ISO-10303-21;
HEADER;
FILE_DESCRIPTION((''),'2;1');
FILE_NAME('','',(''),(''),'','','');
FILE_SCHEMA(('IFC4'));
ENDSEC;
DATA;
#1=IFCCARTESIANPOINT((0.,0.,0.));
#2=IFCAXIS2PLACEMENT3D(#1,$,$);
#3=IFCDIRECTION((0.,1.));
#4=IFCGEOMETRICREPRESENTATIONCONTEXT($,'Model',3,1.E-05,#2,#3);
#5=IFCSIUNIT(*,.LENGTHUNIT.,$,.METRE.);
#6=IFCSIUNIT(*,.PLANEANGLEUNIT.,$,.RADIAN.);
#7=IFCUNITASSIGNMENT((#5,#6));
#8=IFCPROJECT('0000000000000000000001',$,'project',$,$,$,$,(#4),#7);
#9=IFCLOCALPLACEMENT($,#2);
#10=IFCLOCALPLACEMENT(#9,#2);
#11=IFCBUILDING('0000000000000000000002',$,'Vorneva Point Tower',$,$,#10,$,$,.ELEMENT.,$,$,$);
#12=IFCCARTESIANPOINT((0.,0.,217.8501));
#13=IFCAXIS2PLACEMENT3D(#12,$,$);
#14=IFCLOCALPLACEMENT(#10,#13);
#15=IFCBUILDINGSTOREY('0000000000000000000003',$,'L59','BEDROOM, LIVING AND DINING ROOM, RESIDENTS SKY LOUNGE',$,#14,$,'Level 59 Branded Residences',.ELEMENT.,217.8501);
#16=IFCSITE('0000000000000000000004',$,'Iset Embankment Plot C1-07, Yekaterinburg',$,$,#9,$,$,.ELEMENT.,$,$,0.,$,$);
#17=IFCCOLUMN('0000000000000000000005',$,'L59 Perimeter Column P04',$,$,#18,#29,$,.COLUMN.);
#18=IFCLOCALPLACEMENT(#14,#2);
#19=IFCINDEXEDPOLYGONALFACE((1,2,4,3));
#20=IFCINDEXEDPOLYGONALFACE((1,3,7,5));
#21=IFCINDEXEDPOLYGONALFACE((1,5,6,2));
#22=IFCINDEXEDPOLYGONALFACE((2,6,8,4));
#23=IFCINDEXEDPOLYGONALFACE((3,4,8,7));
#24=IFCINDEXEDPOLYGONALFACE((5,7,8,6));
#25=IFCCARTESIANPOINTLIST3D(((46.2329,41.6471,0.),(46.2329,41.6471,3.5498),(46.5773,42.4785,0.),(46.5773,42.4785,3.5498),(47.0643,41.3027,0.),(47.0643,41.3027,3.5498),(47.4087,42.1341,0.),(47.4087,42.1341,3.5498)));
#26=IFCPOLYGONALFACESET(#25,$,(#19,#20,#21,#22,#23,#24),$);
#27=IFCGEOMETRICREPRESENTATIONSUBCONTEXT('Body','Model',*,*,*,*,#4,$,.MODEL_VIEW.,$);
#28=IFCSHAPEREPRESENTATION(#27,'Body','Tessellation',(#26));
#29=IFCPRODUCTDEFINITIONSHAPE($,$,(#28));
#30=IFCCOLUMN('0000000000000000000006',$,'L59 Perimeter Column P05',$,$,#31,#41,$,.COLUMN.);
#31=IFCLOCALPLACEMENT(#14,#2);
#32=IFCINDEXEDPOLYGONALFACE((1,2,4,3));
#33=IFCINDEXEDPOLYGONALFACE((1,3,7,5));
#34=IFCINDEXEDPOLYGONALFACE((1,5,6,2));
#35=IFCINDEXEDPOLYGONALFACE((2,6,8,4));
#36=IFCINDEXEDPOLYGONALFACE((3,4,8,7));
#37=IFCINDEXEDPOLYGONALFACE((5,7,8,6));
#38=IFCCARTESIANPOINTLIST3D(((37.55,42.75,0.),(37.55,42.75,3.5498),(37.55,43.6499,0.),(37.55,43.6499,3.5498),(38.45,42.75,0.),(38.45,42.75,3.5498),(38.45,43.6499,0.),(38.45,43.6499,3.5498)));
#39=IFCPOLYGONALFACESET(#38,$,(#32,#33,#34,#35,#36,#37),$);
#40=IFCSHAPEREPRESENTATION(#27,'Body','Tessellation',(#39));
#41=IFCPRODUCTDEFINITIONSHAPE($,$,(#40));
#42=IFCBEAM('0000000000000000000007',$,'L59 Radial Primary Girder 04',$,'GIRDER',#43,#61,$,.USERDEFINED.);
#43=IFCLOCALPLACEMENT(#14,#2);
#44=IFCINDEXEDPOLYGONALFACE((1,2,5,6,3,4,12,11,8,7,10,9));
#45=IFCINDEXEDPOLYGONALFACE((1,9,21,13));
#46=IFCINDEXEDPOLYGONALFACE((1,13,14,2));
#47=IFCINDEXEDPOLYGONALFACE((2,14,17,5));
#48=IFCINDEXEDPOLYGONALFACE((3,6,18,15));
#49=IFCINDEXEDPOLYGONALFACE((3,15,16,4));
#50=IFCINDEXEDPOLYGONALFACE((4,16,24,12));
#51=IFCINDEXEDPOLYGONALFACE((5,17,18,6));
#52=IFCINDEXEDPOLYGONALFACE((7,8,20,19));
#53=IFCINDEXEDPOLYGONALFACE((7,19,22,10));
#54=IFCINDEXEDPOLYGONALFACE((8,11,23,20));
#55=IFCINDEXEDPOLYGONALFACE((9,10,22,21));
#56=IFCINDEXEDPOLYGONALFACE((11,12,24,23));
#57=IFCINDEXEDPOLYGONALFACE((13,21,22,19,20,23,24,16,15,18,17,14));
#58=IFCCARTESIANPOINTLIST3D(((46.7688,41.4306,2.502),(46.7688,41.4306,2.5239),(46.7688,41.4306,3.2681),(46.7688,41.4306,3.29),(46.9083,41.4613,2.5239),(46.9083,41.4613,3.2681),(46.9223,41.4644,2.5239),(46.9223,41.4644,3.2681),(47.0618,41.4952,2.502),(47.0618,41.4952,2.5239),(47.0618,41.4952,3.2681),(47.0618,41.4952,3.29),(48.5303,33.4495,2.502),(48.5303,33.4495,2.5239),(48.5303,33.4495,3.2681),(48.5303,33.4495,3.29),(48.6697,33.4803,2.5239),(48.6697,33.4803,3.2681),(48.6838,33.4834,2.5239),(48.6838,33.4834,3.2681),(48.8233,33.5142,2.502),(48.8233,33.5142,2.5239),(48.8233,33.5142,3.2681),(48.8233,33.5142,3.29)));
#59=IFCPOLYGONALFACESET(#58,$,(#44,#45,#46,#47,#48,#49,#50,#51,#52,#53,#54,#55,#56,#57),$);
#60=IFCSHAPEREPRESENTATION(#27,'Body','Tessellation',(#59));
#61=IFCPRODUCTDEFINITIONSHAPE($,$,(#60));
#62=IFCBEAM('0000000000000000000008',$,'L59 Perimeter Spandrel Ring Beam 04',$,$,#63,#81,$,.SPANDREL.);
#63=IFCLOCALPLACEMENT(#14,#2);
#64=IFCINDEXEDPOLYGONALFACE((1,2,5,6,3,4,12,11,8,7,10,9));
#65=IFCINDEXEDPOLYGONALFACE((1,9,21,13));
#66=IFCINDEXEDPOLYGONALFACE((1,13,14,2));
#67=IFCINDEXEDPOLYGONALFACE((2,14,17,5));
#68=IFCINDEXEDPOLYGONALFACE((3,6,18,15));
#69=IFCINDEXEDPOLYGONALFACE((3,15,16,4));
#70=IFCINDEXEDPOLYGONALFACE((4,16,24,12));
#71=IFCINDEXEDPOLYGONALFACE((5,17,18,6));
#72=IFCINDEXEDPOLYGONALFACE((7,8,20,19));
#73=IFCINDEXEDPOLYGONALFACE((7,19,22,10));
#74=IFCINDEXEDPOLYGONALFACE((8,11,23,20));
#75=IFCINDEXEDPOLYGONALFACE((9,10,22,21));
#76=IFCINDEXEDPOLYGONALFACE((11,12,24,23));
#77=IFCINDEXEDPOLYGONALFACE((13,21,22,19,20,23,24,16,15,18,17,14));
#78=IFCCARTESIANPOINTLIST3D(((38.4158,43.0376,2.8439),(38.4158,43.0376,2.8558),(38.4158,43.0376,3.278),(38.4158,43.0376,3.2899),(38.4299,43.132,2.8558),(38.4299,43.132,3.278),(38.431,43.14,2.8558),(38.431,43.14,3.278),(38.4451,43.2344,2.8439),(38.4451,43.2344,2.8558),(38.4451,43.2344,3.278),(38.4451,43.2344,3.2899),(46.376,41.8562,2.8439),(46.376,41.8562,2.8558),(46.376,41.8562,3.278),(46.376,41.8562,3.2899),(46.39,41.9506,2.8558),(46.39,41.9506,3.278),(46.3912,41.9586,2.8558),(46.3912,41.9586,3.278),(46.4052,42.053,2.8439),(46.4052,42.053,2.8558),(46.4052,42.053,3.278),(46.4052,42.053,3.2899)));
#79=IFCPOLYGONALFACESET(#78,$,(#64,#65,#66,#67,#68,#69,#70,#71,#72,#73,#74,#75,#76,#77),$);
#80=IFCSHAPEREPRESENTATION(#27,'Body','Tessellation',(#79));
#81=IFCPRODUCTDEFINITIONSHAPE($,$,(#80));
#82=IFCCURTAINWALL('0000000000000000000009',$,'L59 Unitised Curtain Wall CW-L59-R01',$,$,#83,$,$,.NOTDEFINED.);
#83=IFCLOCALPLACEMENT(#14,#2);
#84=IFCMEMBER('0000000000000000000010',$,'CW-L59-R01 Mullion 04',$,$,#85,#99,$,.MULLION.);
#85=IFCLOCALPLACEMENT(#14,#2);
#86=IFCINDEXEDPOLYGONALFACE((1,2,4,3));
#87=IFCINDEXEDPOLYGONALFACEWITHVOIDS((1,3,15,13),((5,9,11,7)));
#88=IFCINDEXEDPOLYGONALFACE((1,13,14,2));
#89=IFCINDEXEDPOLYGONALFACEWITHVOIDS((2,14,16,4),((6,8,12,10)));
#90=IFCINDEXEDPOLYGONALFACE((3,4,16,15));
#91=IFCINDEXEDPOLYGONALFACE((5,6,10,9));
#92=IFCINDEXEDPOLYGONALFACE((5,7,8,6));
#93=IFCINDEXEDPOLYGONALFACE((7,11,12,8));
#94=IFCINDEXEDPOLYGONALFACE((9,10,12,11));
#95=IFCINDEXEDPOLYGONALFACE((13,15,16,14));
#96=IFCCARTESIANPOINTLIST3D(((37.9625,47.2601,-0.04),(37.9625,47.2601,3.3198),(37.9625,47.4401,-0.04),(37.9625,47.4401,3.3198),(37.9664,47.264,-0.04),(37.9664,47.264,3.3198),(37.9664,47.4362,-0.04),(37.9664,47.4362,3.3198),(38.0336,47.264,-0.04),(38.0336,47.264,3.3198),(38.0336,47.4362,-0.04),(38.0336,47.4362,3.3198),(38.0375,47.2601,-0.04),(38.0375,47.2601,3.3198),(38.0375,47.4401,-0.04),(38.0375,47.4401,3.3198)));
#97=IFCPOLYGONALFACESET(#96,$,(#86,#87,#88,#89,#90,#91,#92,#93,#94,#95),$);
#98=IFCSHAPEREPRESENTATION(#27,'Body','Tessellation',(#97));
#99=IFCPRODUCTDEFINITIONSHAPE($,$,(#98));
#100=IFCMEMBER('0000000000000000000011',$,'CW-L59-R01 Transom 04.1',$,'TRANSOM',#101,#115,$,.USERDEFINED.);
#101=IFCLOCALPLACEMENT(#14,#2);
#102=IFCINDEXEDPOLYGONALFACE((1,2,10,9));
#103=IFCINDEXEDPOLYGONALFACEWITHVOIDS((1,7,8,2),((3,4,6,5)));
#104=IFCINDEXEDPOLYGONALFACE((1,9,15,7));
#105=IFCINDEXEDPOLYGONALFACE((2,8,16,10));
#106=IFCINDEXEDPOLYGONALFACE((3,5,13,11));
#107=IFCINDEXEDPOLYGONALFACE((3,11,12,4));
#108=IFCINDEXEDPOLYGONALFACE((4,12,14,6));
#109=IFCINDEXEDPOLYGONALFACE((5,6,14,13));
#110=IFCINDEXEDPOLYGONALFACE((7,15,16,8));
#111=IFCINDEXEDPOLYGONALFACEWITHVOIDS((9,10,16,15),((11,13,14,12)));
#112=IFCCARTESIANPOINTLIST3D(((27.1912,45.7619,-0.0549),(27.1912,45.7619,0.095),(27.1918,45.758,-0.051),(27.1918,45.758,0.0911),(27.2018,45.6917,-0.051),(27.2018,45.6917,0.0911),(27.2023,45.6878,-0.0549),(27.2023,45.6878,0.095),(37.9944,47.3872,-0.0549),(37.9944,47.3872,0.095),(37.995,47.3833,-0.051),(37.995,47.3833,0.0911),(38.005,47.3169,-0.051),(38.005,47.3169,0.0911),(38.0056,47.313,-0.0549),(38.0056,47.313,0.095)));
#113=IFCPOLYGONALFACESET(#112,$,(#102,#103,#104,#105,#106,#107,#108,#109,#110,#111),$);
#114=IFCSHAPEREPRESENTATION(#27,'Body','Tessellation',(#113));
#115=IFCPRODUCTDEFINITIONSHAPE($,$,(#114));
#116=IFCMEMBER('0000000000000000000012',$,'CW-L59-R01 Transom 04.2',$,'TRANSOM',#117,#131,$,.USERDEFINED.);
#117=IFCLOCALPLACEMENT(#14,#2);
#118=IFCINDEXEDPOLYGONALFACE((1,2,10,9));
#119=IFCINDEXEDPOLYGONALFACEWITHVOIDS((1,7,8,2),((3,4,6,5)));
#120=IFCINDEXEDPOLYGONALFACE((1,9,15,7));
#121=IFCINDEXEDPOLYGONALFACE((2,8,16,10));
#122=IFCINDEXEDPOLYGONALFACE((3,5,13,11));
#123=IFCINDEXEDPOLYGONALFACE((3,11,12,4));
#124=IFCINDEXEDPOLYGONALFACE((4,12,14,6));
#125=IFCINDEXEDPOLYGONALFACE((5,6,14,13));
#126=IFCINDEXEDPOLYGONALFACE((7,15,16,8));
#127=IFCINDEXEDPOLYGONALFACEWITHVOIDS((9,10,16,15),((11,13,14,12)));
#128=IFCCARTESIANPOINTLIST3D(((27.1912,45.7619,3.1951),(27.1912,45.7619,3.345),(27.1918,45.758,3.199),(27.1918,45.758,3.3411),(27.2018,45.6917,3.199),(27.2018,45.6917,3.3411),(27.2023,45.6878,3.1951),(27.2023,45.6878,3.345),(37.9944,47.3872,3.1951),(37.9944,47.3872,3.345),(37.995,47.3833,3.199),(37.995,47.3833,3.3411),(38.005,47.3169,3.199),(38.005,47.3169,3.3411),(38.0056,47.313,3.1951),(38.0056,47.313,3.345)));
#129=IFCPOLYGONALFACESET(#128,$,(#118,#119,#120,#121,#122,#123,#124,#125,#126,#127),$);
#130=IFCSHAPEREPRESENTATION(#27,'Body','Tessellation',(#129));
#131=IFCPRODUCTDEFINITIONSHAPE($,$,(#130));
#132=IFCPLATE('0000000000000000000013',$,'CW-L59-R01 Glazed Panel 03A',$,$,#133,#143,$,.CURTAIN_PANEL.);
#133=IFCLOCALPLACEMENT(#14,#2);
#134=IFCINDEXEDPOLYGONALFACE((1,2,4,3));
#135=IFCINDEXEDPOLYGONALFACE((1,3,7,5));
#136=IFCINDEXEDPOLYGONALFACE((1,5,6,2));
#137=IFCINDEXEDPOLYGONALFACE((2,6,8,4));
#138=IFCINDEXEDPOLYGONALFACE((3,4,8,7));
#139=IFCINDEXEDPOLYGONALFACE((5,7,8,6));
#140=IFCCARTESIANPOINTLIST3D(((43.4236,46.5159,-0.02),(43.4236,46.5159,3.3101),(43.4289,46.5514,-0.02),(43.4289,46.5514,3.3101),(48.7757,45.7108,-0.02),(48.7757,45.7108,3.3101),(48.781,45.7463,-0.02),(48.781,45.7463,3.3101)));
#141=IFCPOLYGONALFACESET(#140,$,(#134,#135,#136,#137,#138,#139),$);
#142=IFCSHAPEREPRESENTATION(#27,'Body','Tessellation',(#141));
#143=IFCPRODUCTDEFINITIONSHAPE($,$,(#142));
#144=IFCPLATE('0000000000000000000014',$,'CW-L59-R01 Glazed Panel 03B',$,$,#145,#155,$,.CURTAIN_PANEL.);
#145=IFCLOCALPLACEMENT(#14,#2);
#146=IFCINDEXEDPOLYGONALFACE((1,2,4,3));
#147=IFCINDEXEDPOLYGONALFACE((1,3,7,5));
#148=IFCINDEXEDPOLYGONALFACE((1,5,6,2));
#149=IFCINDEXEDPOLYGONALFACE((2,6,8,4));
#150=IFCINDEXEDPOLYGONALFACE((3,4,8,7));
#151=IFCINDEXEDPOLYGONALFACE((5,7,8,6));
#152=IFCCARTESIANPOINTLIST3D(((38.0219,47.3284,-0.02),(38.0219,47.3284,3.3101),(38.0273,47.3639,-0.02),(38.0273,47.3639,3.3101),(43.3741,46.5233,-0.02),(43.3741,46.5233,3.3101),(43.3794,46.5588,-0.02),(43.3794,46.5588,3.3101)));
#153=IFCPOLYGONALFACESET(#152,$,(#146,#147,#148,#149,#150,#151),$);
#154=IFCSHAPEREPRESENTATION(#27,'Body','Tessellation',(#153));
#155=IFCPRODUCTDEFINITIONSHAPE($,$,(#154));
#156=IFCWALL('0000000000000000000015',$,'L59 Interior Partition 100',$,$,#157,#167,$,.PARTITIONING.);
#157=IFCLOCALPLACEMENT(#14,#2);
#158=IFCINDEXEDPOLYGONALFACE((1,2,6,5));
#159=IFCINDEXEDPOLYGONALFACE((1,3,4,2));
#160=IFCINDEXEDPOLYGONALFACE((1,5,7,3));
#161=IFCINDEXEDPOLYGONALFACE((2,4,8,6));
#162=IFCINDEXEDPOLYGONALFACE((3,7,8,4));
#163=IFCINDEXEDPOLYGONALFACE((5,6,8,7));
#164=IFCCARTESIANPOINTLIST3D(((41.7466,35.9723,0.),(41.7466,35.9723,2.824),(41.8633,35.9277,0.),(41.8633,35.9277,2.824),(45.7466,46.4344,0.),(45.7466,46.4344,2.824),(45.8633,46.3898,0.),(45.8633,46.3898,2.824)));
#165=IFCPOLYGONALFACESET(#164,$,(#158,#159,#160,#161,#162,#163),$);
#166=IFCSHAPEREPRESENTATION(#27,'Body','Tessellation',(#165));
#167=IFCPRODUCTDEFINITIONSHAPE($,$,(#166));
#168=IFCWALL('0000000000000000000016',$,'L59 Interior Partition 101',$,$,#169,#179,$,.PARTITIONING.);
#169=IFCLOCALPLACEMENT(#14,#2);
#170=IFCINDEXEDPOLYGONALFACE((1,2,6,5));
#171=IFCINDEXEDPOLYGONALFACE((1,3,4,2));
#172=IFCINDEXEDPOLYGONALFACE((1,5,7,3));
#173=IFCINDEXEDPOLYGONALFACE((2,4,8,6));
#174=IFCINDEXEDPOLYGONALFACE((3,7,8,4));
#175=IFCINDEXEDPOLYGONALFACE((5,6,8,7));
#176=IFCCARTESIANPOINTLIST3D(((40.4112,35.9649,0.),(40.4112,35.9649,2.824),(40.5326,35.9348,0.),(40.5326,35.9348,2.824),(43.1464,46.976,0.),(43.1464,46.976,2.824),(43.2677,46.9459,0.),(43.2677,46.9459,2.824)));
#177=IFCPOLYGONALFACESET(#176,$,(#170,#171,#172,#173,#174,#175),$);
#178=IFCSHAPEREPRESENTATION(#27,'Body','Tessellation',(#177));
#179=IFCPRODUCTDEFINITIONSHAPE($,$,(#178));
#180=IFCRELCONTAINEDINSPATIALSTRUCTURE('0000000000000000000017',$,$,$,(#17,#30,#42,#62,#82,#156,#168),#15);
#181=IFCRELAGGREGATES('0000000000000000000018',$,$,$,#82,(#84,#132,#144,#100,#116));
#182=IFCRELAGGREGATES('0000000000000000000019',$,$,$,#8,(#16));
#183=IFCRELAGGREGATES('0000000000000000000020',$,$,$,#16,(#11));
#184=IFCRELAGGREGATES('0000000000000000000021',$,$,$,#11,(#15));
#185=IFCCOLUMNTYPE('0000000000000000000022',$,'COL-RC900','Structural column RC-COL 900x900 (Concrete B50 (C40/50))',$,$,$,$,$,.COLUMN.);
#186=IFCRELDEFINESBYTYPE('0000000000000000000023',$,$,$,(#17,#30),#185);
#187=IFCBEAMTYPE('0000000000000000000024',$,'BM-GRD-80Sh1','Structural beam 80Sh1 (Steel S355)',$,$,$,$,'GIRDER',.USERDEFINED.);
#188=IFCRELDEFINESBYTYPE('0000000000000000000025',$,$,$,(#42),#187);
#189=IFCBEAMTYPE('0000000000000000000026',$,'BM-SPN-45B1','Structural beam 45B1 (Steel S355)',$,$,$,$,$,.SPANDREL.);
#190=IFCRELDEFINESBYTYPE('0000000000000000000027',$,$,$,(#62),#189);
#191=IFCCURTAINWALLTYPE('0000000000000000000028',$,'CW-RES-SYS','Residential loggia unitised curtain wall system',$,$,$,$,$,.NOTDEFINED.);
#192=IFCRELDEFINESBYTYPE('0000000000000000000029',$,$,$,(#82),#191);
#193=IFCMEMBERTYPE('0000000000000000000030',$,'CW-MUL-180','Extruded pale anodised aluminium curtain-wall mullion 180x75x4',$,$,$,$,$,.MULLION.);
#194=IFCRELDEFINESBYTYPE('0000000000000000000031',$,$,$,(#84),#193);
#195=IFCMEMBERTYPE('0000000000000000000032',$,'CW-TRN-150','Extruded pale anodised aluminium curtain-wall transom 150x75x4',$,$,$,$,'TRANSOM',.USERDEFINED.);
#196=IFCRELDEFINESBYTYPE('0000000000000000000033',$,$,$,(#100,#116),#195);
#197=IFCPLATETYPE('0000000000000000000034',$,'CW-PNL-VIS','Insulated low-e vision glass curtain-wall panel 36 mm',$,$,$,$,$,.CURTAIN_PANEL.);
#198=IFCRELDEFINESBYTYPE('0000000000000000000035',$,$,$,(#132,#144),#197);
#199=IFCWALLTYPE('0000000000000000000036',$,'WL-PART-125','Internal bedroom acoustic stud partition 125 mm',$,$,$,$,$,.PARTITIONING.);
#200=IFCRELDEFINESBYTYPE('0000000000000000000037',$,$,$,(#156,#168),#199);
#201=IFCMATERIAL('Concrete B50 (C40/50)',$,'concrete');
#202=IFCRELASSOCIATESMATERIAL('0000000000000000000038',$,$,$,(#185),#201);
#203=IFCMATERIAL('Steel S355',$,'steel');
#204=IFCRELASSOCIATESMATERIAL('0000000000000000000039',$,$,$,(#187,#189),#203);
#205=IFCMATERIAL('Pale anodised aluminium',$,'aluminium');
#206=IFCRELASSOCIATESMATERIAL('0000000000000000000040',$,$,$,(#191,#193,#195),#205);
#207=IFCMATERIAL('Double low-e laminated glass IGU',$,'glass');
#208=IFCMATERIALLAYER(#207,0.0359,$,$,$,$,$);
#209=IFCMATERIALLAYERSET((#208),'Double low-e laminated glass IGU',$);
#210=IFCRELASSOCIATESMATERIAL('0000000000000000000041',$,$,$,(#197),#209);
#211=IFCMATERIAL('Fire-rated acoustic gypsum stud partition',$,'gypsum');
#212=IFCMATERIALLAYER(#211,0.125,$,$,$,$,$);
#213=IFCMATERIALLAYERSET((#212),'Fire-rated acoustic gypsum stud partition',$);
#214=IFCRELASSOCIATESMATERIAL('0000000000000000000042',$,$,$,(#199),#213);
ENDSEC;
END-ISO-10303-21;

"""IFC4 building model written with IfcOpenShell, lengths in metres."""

from ifc_helpers import new_model, si_unit, direction, frame, frame_2d, origin, origin_2d, place, context, subcontext, project, spatial, rectangle, hollow_rectangle, i_section, extrude, material, layer, layer_set, material_profile, profile_set, type_object, element, aggregate, save


model = new_model("IFC4")

# Units and contexts
model_context = context("Model", 3, precision=1e-05, world=origin(), true_north=direction((0.0, 1.0)))
body_context = subcontext(model_context, "Body", "Model", "MODEL_VIEW")
ifc_project = project(units=[si_unit("LENGTHUNIT", "METRE"), si_unit("PLANEANGLEUNIT", "RADIAN")], contexts=[model_context])

# Site, building, storey
site_placement = place(None, origin())
site = spatial("IfcSite", under=ifc_project, at=site_placement, Name="Iset Embankment Plot C1-07, Yekaterinburg", CompositionType="ELEMENT", RefElevation=0.0)
building_placement = place(site_placement, origin())
building = spatial("IfcBuilding", under=site, at=building_placement, Name="Vorneva Point Tower", CompositionType="ELEMENT")
storey_placement = place(building_placement, frame((0.0, 0.0, 217.8501)))
storey = spatial("IfcBuildingStorey", under=building, at=storey_placement, Name="L59", Description="BEDROOM, LIVING AND DINING ROOM, RESIDENTS SKY LOUNGE", LongName="Level 59 Branded Residences", CompositionType="ELEMENT", Elevation=217.8501)

# Columns
ifc_material_1 = material(Name="Concrete B50 (C40/50)", Category="concrete")
ifc_material_profile_1 = material_profile(ifc_material_1, rectangle(XDim=0.8999, YDim=0.8999, at=origin_2d()), Name="RC-COL 900x900")
ifc_profile_set_1 = profile_set([ifc_material_profile_1], Name="Concrete B50 (C40/50)")
column_type = type_object("IfcColumnType", Name="COL-RC900", Description="Structural column RC-COL 900x900 (Concrete B50 (C40/50))", PredefinedType="COLUMN", material=ifc_profile_set_1)
for number, where, z_axis, x_axis, name in (
    (1, (46.8208, 41.8906, 0.0), (0.0, 0.0, 1.0), (0.382683, 0.92388, 0.0), "L59 Perimeter Column P04"),
    (2, (38.0, 43.2, 0.0), (0.0, 0.0, 1.0), (0.0, 1.0, 0.0), "L59 Perimeter Column P05"),
):
    element("IfcColumn", number, at=place(storey_placement, frame(where, z_axis=z_axis, x_axis=x_axis)), inside=storey, type_object=column_type, Name=name, PredefinedType="COLUMN", context=body_context, shape_type="SweptSolid", body=[
        extrude(rectangle(XDim=0.8999, YDim=0.8999, at=origin_2d()), origin(), (0.0, 0.0, 1.0), 3.5498),
    ])

# Beams
ifc_material_2 = material(Name="Steel S355", Category="steel")
ifc_material_profile_2 = material_profile(ifc_material_2, i_section(OverallWidth=0.3, OverallDepth=0.7881, WebThickness=0.0144, FlangeThickness=0.022, at=origin_2d()), Name="80Sh1")
ifc_profile_set_2 = profile_set([ifc_material_profile_2], Name="Steel S355")
beam_type_1 = type_object("IfcBeamType", Name="BM-GRD-80Sh1", Description="Structural beam 80Sh1 (Steel S355)", ElementType="GIRDER", PredefinedType="USERDEFINED", material=ifc_profile_set_2)
beam_1_placement = place(storey_placement, frame((46.9153, 41.4629, 2.896), z_axis=(0.215523, -0.976499, 0.0), x_axis=(0.976499, 0.215523, 0.0)))
element("IfcBeam", 3, at=beam_1_placement, inside=storey, type_object=beam_type_1, Name="L59 Radial Primary Girder 04", ObjectType="GIRDER", PredefinedType="USERDEFINED", context=body_context, shape_type="SweptSolid", body=[
    extrude(i_section(OverallWidth=0.3, OverallDepth=0.7881, WebThickness=0.0144, FlangeThickness=0.022, at=origin_2d()), origin(), (0.0, 0.0, 1.0), 8.1731),
])
ifc_material_profile_3 = material_profile(ifc_material_2, i_section(OverallWidth=0.199, OverallDepth=0.446, WebThickness=0.0081, FlangeThickness=0.012, at=origin_2d()), Name="45B1")
ifc_profile_set_3 = profile_set([ifc_material_profile_3], Name="Steel S355")
beam_type_2 = type_object("IfcBeamType", Name="BM-SPN-45B1", Description="Structural beam 45B1 (Steel S355)", PredefinedType="SPANDREL", material=ifc_profile_set_3)
beam_2_placement = place(storey_placement, frame((46.3906, 41.9546, 3.0669), z_axis=(-0.989165, 0.146805, 0.0), x_axis=(-0.146805, -0.989165, 0.0)))
element("IfcBeam", 4, at=beam_2_placement, inside=storey, type_object=beam_type_2, Name="L59 Perimeter Spandrel Ring Beam 04", PredefinedType="SPANDREL", context=body_context, shape_type="SweptSolid", body=[
    extrude(i_section(OverallWidth=0.199, OverallDepth=0.446, WebThickness=0.0081, FlangeThickness=0.012, at=origin_2d()), origin(), (0.0, 0.0, 1.0), 8.0474),
])

# Curtain wall, members, plates
ifc_material_3 = material(Name="Pale anodised aluminium", Category="aluminium")
curtain_wall_type = type_object("IfcCurtainWallType", Name="CW-RES-SYS", Description="Residential loggia unitised curtain wall system", PredefinedType="NOTDEFINED", material=ifc_material_3)
curtain_wall_placement = place(storey_placement, origin())
curtain_wall = element("IfcCurtainWall", 5, at=curtain_wall_placement, inside=storey, type_object=curtain_wall_type, Name="L59 Unitised Curtain Wall CW-L59-R01", PredefinedType="NOTDEFINED")
ifc_material_profile_4 = material_profile(ifc_material_3, hollow_rectangle(XDim=0.075, YDim=0.1799, WallThickness=0.0039, at=origin_2d()), Name="AL-MUL 180x75x4")
ifc_profile_set_4 = profile_set([ifc_material_profile_4], Name="Pale anodised aluminium")
member_type_1 = type_object("IfcMemberType", Name="CW-MUL-180", Description="Extruded pale anodised aluminium curtain-wall mullion 180x75x4", PredefinedType="MULLION", material=ifc_profile_set_4)
member_1_placement = place(storey_placement, frame((38.0, 47.3501, -0.04), z_axis=(0.0, 0.0, 1.0), x_axis=(1.0, 0.0, 0.0)))
member_1 = element("IfcMember", 6, at=member_1_placement, type_object=member_type_1, Name="CW-L59-R01 Mullion 04", PredefinedType="MULLION", context=body_context, shape_type="SweptSolid", body=[
    extrude(hollow_rectangle(XDim=0.075, YDim=0.1799, WallThickness=0.0039, at=origin_2d()), origin(), (0.0, 0.0, 1.0), 3.3599),
])
ifc_material_profile_5 = material_profile(ifc_material_3, hollow_rectangle(XDim=0.075, YDim=0.1499, WallThickness=0.0039, at=origin_2d()), Name="AL-TRN 150x75x4")
ifc_profile_set_5 = profile_set([ifc_material_profile_5], Name="Pale anodised aluminium")
member_type_2 = type_object("IfcMemberType", Name="CW-TRN-150", Description="Extruded pale anodised aluminium curtain-wall transom 150x75x4", ElementType="TRANSOM", PredefinedType="USERDEFINED", material=ifc_profile_set_5)
member_2_placement = place(storey_placement, frame((38.0, 47.3501, 0.02), z_axis=(-0.988872, -0.148767, 0.0), x_axis=(0.148767, -0.988872, 0.0)))
member_2 = element("IfcMember", 7, at=member_2_placement, type_object=member_type_2, Name="CW-L59-R01 Transom 04.1", ObjectType="TRANSOM", PredefinedType="USERDEFINED", context=body_context, shape_type="SweptSolid", body=[
    extrude(hollow_rectangle(XDim=0.075, YDim=0.1499, WallThickness=0.0039, at=origin_2d()), origin(), (0.0, 0.0, 1.0), 10.9248),
])
member_3_placement = place(storey_placement, frame((38.0, 47.3501, 3.27), z_axis=(-0.988872, -0.148767, 0.0), x_axis=(0.148767, -0.988872, 0.0)))
member_3 = element("IfcMember", 8, at=member_3_placement, type_object=member_type_2, Name="CW-L59-R01 Transom 04.2", ObjectType="TRANSOM", PredefinedType="USERDEFINED", context=body_context, shape_type="SweptSolid", body=[
    extrude(hollow_rectangle(XDim=0.075, YDim=0.1499, WallThickness=0.0039, at=origin_2d()), origin(), (0.0, 0.0, 1.0), 10.9248),
])
ifc_material_4 = material(Name="Double low-e laminated glass IGU", Category="glass")
ifc_layer_1 = layer(ifc_material_4, 0.0359)
ifc_layer_set_1 = layer_set([ifc_layer_1], Name="Double low-e laminated glass IGU")
plate_type = type_object("IfcPlateType", Name="CW-PNL-VIS", Description="Insulated low-e vision glass curtain-wall panel 36 mm", PredefinedType="CURTAIN_PANEL", material=ifc_layer_set_1)
plate_1_placement = place(storey_placement, frame((46.1023, 46.1311, -0.02), z_axis=(0.0, 0.0, 1.0), x_axis=(-0.988874, 0.148759, 0.0)))
plate_1 = element("IfcPlate", 9, at=plate_1_placement, type_object=plate_type, Name="CW-L59-R01 Glazed Panel 03A", PredefinedType="CURTAIN_PANEL", context=body_context, shape_type="SweptSolid", body=[
    extrude(rectangle(XDim=5.4124, YDim=0.0359, at=origin_2d()), origin(), (0.0, 0.0, 1.0), 3.3301),
])
plate_2_placement = place(storey_placement, frame((40.7007, 46.9436, -0.02), z_axis=(0.0, 0.0, 1.0), x_axis=(-0.988874, 0.148759, 0.0)))
plate_2 = element("IfcPlate", 10, at=plate_2_placement, type_object=plate_type, Name="CW-L59-R01 Glazed Panel 03B", PredefinedType="CURTAIN_PANEL", context=body_context, shape_type="SweptSolid", body=[
    extrude(rectangle(XDim=5.4124, YDim=0.0359, at=origin_2d()), origin(), (0.0, 0.0, 1.0), 3.3301),
])
aggregate(curtain_wall, [member_1, plate_1, plate_2, member_2, member_3])

# Walls
ifc_material_5 = material(Name="Fire-rated acoustic gypsum stud partition", Category="gypsum")
ifc_layer_2 = layer(ifc_material_5, 0.125)
ifc_layer_set_2 = layer_set([ifc_layer_2], Name="Fire-rated acoustic gypsum stud partition")
wall_type_1 = type_object("IfcWallType", Name="WL-PART-125", Description="Internal bedroom acoustic stud partition 125 mm", PredefinedType="PARTITIONING", material=ifc_layer_set_2)
wall_1_placement = place(storey_placement, frame((45.8049, 46.4121, 0.0), z_axis=(0.0, 0.0, 1.0), x_axis=(-0.357119, -0.934059, 0.0)))
element("IfcWall", 11, at=wall_1_placement, inside=storey, type_object=wall_type_1, Name="L59 Interior Partition 100", PredefinedType="PARTITIONING", context=body_context, shape_type="SweptSolid", body=[
    extrude(rectangle(XDim=11.2007, YDim=0.125, at=frame_2d((5.6003, 0.0))), origin(), (0.0, 0.0, 1.0), 2.824),
])
wall_2_placement = place(storey_placement, frame((43.207, 46.9609, 0.0), z_axis=(0.0, 0.0, 1.0), x_axis=(-0.241072, -0.970507, 0.0)))
element("IfcWall", 12, at=wall_2_placement, inside=storey, type_object=wall_type_1, Name="L59 Interior Partition 101", PredefinedType="PARTITIONING", context=body_context, shape_type="SweptSolid", body=[
    extrude(rectangle(XDim=11.3457, YDim=0.125, at=frame_2d((5.6729, 0.0))), origin(), (0.0, 0.0, 1.0), 2.824),
])

save(model, "model.ifc")
